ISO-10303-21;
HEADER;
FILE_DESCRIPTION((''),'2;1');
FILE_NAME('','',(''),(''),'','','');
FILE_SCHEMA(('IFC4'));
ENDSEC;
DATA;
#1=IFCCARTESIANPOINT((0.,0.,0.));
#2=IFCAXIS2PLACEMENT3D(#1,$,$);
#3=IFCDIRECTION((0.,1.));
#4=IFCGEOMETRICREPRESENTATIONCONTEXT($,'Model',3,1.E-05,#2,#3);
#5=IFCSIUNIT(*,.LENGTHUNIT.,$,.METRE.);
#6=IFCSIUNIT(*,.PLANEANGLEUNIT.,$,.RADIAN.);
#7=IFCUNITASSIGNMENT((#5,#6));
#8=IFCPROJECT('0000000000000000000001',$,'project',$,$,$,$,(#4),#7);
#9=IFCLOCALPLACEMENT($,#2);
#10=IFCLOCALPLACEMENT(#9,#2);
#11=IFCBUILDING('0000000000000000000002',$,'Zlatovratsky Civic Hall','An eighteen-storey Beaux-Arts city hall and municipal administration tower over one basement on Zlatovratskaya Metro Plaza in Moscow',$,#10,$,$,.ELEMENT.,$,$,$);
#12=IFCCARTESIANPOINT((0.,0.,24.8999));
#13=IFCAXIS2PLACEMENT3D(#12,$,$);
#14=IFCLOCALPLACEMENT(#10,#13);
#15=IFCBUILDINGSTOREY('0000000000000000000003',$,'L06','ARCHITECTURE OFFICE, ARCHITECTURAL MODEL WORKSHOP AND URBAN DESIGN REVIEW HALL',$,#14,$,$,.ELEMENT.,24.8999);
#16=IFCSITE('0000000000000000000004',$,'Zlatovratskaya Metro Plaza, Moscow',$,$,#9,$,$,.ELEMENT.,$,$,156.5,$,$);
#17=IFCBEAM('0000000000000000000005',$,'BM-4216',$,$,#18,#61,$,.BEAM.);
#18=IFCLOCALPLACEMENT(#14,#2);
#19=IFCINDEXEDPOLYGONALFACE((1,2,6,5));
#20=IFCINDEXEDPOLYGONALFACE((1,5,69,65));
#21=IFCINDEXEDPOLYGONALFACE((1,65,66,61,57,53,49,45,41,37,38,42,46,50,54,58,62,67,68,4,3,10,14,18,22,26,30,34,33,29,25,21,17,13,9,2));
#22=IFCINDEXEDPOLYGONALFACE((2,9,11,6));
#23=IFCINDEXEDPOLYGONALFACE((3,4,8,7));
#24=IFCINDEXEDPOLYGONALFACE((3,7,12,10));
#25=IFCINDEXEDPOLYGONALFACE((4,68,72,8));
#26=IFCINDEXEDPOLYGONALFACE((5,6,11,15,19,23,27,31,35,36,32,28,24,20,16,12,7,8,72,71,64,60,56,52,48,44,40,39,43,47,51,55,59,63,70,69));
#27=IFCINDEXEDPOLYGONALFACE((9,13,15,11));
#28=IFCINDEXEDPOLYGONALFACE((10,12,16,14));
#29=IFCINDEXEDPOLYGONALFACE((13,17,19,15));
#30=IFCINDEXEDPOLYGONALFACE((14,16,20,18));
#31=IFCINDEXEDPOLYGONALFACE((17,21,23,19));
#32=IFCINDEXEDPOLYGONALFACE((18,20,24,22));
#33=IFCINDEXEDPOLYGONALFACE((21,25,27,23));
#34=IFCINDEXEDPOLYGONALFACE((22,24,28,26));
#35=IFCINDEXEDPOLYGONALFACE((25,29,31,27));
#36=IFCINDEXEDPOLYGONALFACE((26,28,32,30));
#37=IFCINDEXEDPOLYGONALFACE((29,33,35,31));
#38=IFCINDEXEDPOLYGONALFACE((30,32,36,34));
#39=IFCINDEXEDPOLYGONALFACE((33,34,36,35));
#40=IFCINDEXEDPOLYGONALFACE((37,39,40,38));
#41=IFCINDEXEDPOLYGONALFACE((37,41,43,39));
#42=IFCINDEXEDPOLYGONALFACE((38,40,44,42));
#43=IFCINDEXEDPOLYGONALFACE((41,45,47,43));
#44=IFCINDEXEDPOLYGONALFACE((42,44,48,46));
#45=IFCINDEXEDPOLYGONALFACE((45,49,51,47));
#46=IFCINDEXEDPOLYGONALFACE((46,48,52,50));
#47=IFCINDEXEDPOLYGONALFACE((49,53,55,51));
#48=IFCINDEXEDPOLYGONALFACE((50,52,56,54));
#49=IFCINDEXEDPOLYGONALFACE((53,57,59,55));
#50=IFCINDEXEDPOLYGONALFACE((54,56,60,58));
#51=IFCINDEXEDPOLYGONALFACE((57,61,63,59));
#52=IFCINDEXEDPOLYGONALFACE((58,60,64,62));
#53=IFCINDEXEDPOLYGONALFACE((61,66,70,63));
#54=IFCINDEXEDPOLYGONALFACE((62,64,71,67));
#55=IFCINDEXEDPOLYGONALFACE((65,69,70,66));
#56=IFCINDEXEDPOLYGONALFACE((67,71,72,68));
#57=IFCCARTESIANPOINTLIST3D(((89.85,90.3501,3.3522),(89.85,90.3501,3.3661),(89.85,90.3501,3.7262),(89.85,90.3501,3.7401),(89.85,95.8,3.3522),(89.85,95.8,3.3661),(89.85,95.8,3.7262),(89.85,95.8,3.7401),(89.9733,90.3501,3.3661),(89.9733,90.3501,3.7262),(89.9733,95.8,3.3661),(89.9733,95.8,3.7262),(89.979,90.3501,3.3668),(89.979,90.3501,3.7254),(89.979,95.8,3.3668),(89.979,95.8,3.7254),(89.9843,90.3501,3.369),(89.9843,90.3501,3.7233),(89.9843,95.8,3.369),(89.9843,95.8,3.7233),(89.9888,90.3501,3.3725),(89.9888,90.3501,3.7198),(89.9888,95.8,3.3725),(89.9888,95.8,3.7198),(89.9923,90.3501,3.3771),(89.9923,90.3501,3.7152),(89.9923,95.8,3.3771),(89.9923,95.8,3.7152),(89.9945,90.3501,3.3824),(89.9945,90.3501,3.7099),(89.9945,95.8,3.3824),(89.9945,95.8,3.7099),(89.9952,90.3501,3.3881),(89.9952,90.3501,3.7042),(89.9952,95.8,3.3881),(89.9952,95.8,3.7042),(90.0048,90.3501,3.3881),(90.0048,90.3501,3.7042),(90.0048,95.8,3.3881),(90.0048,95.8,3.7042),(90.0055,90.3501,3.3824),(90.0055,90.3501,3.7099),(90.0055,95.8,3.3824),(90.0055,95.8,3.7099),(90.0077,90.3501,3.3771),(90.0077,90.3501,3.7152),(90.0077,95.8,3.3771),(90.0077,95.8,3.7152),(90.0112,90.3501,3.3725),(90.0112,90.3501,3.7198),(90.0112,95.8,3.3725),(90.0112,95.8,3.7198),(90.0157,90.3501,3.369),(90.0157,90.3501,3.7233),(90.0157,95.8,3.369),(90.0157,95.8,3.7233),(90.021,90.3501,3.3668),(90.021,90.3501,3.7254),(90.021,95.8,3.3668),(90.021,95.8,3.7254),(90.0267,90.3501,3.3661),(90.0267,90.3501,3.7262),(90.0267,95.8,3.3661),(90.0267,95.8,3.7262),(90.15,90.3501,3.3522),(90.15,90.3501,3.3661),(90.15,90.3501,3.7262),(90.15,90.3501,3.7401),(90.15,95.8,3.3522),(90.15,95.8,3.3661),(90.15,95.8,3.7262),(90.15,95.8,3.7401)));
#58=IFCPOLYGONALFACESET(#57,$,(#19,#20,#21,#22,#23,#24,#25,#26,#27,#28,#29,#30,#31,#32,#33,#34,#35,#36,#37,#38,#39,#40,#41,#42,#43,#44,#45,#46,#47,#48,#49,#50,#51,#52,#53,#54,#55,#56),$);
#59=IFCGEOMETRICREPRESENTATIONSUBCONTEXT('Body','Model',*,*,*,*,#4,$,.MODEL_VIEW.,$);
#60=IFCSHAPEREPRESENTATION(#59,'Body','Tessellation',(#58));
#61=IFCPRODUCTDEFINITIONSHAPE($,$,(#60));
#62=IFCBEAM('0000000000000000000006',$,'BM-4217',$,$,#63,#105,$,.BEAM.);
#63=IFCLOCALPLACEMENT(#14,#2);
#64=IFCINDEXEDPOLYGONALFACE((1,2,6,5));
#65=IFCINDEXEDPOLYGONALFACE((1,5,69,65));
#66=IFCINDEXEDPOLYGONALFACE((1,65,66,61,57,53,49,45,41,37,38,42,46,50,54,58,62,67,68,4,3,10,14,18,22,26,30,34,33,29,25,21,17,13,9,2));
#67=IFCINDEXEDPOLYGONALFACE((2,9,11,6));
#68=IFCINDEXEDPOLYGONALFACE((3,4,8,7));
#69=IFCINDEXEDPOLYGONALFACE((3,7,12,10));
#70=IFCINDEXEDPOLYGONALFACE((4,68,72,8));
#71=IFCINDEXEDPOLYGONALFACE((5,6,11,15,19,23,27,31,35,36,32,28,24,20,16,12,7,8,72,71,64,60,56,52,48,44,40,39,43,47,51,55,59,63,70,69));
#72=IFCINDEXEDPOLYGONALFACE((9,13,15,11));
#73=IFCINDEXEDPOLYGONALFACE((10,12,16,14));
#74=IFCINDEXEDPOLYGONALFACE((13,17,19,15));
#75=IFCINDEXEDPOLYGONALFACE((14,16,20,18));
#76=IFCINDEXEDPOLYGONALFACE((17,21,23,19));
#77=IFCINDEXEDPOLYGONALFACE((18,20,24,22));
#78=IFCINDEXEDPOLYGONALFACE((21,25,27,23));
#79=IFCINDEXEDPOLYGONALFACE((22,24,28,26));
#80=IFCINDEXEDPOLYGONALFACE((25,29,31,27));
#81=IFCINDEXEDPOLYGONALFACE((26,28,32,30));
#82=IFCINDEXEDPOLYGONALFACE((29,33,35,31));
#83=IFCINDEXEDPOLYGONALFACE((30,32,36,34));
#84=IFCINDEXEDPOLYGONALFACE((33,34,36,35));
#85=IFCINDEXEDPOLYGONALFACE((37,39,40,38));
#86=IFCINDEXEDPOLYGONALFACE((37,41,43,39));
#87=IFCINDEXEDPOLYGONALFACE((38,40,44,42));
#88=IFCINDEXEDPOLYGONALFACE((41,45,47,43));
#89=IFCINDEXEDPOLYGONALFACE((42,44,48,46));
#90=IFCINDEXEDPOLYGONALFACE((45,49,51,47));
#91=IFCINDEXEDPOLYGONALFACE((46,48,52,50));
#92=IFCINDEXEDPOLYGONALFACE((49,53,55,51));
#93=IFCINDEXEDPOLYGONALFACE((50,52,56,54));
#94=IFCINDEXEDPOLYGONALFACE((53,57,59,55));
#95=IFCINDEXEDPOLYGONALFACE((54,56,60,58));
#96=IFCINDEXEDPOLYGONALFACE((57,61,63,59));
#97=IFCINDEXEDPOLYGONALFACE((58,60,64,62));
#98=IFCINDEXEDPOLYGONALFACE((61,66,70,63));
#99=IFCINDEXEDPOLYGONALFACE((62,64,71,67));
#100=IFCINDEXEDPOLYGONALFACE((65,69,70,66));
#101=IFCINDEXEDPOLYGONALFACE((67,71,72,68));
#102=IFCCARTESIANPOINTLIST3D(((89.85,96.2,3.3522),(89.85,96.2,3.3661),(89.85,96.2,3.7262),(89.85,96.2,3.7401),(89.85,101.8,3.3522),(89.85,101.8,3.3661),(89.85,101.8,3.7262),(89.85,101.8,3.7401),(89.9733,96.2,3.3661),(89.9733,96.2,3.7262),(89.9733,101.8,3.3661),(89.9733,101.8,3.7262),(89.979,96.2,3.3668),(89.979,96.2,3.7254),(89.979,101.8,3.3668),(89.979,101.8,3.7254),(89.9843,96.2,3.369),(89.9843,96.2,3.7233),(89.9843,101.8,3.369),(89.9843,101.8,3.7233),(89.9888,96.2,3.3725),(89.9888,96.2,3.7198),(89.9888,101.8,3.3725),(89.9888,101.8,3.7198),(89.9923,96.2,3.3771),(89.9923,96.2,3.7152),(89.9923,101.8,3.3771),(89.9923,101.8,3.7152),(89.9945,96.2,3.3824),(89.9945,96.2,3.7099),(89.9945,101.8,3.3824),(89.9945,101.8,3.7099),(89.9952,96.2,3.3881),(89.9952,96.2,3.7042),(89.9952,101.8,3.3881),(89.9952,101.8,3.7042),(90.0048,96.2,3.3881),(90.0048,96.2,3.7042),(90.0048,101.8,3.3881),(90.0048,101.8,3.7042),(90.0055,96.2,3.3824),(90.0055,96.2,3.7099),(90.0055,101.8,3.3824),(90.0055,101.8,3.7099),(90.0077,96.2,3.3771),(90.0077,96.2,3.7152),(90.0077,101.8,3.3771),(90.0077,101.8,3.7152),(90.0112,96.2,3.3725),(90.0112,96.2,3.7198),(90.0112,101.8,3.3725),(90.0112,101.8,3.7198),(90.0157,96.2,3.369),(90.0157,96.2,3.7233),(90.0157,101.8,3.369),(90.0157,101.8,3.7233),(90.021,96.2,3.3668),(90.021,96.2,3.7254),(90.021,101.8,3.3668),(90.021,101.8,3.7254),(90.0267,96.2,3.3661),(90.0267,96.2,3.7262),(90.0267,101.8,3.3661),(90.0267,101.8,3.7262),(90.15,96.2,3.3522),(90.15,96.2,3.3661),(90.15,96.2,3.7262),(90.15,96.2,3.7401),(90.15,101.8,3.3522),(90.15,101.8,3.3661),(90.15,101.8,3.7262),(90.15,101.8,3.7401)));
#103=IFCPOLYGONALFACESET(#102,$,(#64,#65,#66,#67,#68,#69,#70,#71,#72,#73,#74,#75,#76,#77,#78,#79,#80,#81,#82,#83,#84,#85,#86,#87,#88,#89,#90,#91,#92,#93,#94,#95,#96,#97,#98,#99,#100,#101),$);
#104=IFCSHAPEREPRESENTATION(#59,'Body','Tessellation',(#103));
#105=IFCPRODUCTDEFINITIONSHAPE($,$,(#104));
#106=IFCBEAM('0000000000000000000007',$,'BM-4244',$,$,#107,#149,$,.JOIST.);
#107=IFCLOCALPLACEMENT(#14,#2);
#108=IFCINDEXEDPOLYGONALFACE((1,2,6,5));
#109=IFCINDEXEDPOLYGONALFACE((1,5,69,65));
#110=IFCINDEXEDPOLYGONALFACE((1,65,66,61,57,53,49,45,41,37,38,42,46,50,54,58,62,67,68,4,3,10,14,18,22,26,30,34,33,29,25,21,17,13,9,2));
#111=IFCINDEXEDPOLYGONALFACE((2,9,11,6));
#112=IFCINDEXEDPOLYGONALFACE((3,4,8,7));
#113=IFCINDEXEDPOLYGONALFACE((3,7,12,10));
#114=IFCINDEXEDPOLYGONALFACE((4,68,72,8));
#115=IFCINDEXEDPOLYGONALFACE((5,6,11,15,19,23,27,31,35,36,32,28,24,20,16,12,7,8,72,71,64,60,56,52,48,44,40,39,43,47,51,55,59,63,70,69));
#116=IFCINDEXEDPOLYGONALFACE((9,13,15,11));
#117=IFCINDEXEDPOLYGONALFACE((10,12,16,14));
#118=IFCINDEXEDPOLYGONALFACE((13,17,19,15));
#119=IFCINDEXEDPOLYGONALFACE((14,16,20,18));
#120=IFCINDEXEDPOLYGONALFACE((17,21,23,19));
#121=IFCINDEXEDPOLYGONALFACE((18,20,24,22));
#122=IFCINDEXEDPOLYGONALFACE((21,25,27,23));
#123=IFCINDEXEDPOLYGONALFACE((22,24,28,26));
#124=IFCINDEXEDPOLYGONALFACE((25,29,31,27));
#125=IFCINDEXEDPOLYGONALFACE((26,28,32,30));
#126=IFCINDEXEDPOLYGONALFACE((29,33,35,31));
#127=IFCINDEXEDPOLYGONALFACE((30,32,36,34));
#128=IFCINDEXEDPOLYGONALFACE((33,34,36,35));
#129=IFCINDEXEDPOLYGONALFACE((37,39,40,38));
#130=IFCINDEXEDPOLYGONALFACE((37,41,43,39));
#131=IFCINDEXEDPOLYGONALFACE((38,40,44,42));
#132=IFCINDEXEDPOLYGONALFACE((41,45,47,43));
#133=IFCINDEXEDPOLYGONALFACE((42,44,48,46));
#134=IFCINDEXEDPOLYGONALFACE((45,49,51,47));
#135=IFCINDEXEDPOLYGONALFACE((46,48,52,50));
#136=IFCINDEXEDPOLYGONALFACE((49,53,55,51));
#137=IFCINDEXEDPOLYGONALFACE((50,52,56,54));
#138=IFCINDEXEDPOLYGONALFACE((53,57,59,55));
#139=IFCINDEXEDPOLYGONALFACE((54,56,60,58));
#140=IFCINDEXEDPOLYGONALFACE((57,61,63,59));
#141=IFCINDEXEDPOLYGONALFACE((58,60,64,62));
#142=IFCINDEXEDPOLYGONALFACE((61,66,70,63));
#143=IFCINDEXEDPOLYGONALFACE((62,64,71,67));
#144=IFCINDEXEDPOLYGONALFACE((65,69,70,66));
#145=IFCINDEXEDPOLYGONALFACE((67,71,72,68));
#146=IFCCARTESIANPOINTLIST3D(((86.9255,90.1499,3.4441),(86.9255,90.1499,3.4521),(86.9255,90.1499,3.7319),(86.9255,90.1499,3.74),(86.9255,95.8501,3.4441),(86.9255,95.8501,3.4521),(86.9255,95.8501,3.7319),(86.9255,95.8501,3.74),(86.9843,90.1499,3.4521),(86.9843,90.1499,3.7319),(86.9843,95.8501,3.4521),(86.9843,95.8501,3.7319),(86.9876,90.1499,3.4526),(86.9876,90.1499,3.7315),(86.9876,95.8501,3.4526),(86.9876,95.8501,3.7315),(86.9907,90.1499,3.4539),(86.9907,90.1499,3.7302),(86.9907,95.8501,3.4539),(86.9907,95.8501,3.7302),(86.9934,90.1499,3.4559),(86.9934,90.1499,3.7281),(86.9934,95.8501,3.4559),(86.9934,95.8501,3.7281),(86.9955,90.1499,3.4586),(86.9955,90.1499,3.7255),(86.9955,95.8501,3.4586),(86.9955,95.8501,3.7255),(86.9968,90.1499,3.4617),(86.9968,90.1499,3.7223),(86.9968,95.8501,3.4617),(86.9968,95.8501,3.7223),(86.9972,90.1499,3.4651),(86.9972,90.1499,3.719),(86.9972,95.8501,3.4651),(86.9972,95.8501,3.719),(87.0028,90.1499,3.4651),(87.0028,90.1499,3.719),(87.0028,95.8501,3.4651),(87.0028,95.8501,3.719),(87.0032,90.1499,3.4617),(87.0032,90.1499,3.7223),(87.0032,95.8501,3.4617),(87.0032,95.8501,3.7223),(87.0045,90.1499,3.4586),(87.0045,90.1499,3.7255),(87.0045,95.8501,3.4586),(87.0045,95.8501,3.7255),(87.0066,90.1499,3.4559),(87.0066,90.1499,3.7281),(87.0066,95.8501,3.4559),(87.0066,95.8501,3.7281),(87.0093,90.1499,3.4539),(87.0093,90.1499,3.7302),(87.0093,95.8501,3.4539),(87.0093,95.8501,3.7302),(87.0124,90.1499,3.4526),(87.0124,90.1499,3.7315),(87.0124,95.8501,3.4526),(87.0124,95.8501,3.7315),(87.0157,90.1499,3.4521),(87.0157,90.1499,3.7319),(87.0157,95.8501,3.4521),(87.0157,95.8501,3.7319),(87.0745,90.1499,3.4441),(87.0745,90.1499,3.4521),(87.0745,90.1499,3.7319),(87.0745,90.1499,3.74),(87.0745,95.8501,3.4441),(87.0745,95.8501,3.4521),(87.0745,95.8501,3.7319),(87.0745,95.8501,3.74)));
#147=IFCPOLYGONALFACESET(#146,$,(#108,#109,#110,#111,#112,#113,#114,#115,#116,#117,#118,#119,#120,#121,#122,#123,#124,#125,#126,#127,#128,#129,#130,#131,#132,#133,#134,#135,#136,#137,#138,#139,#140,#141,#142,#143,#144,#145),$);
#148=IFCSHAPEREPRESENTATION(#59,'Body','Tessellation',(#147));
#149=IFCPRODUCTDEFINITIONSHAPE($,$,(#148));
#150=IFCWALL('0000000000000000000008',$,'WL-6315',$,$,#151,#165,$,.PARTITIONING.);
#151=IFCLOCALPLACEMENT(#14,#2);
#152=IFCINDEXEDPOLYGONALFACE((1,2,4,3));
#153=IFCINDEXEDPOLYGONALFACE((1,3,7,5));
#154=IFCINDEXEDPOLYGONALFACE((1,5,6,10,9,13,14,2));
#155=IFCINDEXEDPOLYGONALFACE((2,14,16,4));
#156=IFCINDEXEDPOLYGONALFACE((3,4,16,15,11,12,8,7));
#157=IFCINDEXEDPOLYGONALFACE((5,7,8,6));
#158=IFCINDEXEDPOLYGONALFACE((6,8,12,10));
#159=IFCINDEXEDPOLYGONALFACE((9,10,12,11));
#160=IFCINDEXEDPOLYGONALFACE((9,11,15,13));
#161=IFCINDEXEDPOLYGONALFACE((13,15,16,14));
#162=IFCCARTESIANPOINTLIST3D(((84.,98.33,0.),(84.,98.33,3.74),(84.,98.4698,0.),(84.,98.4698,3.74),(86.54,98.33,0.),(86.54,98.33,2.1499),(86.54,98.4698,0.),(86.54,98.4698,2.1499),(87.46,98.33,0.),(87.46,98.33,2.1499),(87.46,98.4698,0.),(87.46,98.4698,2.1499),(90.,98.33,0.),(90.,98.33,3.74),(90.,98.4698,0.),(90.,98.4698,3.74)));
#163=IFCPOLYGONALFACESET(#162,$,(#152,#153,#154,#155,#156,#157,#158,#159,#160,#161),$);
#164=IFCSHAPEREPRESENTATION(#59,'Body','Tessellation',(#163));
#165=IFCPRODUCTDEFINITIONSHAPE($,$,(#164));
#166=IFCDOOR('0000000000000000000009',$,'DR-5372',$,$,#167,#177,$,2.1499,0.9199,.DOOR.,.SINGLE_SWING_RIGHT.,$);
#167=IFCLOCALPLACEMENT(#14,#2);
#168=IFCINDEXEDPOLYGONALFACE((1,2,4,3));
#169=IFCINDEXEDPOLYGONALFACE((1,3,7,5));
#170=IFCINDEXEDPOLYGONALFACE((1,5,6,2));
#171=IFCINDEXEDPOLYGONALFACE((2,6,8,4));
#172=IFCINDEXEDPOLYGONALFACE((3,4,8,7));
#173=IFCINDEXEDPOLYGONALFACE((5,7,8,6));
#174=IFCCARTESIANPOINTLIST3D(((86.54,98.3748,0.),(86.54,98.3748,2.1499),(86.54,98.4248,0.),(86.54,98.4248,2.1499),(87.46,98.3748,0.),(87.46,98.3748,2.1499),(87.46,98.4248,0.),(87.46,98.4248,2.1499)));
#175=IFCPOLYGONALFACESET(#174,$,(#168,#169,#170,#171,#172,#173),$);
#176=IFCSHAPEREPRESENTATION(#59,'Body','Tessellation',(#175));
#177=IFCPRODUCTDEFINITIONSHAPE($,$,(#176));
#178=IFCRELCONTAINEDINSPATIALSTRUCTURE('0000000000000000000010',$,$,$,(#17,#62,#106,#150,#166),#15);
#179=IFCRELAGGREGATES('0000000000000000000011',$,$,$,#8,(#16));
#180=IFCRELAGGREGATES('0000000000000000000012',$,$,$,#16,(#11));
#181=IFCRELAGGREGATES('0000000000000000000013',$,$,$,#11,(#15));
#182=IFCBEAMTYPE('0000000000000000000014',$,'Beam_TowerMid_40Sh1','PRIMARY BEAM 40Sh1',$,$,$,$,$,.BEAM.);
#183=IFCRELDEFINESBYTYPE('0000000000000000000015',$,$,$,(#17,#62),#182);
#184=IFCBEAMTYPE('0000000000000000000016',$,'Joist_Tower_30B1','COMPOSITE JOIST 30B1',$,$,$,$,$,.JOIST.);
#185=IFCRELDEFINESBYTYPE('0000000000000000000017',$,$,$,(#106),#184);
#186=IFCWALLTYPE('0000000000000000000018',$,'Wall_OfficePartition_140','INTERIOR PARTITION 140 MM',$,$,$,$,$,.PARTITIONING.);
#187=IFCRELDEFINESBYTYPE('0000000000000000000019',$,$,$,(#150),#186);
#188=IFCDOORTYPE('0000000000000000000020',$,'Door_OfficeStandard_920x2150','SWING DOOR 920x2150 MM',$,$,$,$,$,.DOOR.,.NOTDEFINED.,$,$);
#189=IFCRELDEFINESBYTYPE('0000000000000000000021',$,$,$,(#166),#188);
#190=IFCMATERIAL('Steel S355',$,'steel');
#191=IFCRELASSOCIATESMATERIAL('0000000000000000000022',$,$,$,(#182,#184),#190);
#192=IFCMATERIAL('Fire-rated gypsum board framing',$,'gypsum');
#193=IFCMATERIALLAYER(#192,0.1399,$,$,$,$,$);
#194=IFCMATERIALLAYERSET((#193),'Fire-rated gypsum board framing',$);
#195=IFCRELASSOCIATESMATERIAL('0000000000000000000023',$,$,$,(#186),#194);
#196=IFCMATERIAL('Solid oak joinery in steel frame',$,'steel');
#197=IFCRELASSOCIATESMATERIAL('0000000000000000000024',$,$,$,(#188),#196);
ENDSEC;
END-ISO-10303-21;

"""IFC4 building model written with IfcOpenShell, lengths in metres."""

from ifc_helpers import new_model, si_unit, direction, frame, frame_2d, origin, origin_2d, place, context, subcontext, project, spatial, rectangle, i_section, extrude, material, layer, layer_set, material_profile, profile_set, type_object, element, fill, save


model = new_model("IFC4")

# Units and contexts
model_context = context("Model", 3, precision=1e-05, world=origin(), true_north=direction((0.0, 1.0)))
body_context = subcontext(model_context, "Body", "Model", "MODEL_VIEW")
ifc_project = project(units=[si_unit("LENGTHUNIT", "METRE"), si_unit("PLANEANGLEUNIT", "RADIAN")], contexts=[model_context])

# Site, building, storey
site_placement = place(None, origin())
site = spatial("IfcSite", under=ifc_project, at=site_placement, Name="Zlatovratskaya Metro Plaza, Moscow", CompositionType="ELEMENT", RefElevation=156.5)
building_placement = place(site_placement, origin())
building = spatial("IfcBuilding", under=site, at=building_placement, Name="Zlatovratsky Civic Hall", Description="An eighteen-storey Beaux-Arts city hall and municipal administration tower over one basement on Zlatovratskaya Metro Plaza in Moscow", CompositionType="ELEMENT")
storey_placement = place(building_placement, frame((0.0, 0.0, 24.8999)))
storey = spatial("IfcBuildingStorey", under=building, at=storey_placement, Name="L06", Description="ARCHITECTURE OFFICE, ARCHITECTURAL MODEL WORKSHOP AND URBAN DESIGN REVIEW HALL", CompositionType="ELEMENT", Elevation=24.8999)

# Shared definitions
ifc_material_1 = material(Name="Steel S355", Category="steel")

# Beams
ifc_material_profile_1 = material_profile(ifc_material_1, i_section(OverallWidth=0.3, OverallDepth=0.3879, WebThickness=0.0095, FlangeThickness=0.0139, FilletRadius=0.022, at=origin_2d()), Name="40Sh1")
ifc_profile_set_1 = profile_set([ifc_material_profile_1], Name="Steel S355")
beam_type_1 = type_object("IfcBeamType", Name="Beam_TowerMid_40Sh1", Description="PRIMARY BEAM 40Sh1", PredefinedType="BEAM", material=ifc_profile_set_1)
beam_1_placement = place(storey_placement, frame((90.0, 90.3501, 3.5461), z_axis=(0.0, 1.0, 0.0), x_axis=(-1.0, 0.0, 0.0)))
element("IfcBeam", 1, at=beam_1_placement, inside=storey, type_object=beam_type_1, Name="BM-4216", PredefinedType="BEAM", context=body_context, shape_type="SweptSolid", body=[
    extrude(i_section(OverallWidth=0.3, OverallDepth=0.3879, WebThickness=0.0095, FlangeThickness=0.0139, FilletRadius=0.022, at=origin_2d()), origin(), (0.0, 0.0, 1.0), 5.45),
])
beam_2_placement = place(storey_placement, frame((90.0, 96.2, 3.5461), z_axis=(0.0, 1.0, 0.0), x_axis=(-1.0, 0.0, 0.0)))
element("IfcBeam", 2, at=beam_2_placement, inside=storey, type_object=beam_type_1, Name="BM-4217", PredefinedType="BEAM", context=body_context, shape_type="SweptSolid", body=[
    extrude(i_section(OverallWidth=0.3, OverallDepth=0.3879, WebThickness=0.0095, FlangeThickness=0.0139, FilletRadius=0.022, at=origin_2d()), origin(), (0.0, 0.0, 1.0), 5.6001),
])
ifc_material_profile_2 = material_profile(ifc_material_1, i_section(OverallWidth=0.1489, OverallDepth=0.2959, WebThickness=0.0056, FlangeThickness=0.0081, FilletRadius=0.0129, at=origin_2d()), Name="30B1")
ifc_profile_set_2 = profile_set([ifc_material_profile_2], Name="Steel S355")
beam_type_2 = type_object("IfcBeamType", Name="Joist_Tower_30B1", Description="COMPOSITE JOIST 30B1", PredefinedType="JOIST", material=ifc_profile_set_2)
beam_3_placement = place(storey_placement, frame((87.0, 90.1499, 3.592), z_axis=(0.0, 1.0, 0.0), x_axis=(-1.0, 0.0, 0.0)))
element("IfcBeam", 3, at=beam_3_placement, inside=storey, type_object=beam_type_2, Name="BM-4244", PredefinedType="JOIST", context=body_context, shape_type="SweptSolid", body=[
    extrude(i_section(OverallWidth=0.1489, OverallDepth=0.2959, WebThickness=0.0056, FlangeThickness=0.0081, FilletRadius=0.0129, at=origin_2d()), origin(), (0.0, 0.0, 1.0), 5.7002),
])

# Wall, opening, door
ifc_material_2 = material(Name="Fire-rated gypsum board framing", Category="gypsum")
ifc_layer_1 = layer(ifc_material_2, 0.1399)
ifc_layer_set_1 = layer_set([ifc_layer_1], Name="Fire-rated gypsum board framing")
wall_type_1 = type_object("IfcWallType", Name="Wall_OfficePartition_140", Description="INTERIOR PARTITION 140 MM", PredefinedType="PARTITIONING", material=ifc_layer_set_1)
wall_1_placement = place(storey_placement, frame((84.0, 98.3999, 0.0), z_axis=(0.0, 0.0, 1.0), x_axis=(1.0, 0.0, 0.0)))
wall_1 = element("IfcWall", 4, at=wall_1_placement, inside=storey, type_object=wall_type_1, Name="WL-6315", PredefinedType="PARTITIONING", context=body_context, shape_type="SweptSolid", body=[
    extrude(rectangle(XDim=6.0, YDim=0.1399, at=frame_2d((3.0, 0.0))), origin(), (0.0, 0.0, 1.0), 3.74),
])
opening_1_placement = place(wall_1_placement, frame((2.54, 0.0, 0.0)))
opening_1 = element("IfcOpeningElement", 5, at=opening_1_placement, cuts=wall_1, PredefinedType="OPENING", context=body_context, shape_type="SweptSolid", body=[
    extrude(rectangle(XDim=0.9199, YDim=2.1499, at=frame_2d((0.46, 1.075))), frame((0.0, 0.085, 0.0), z_axis=(0.0, -1.0, 0.0), x_axis=(1.0, 0.0, 0.0)), (0.0, 0.0, 1.0), 0.1697),
])
ifc_material_3 = material(Name="Solid oak joinery in steel frame", Category="steel")
door_type_1 = type_object("IfcDoorType", Name="Door_OfficeStandard_920x2150", Description="SWING DOOR 920x2150 MM", OperationType="NOTDEFINED", PredefinedType="DOOR", material=ifc_material_3)
door_1_placement = place(opening_1_placement, origin())
door_1 = element("IfcDoor", 6, at=door_1_placement, inside=storey, type_object=door_type_1, Name="DR-5372", OperationType="SINGLE_SWING_RIGHT", OverallHeight=2.1499, OverallWidth=0.9199, PredefinedType="DOOR", context=body_context, shape_type="SweptSolid", body=[
    extrude(rectangle(XDim=0.9199, YDim=2.1499, at=frame_2d((0.46, 1.075))), frame((0.0, 0.0249, 0.0), z_axis=(0.0, -1.0, 0.0), x_axis=(1.0, 0.0, 0.0)), (0.0, 0.0, 1.0), 0.05),
])
fill(opening_1, door_1)

save(model, "model.ifc")
